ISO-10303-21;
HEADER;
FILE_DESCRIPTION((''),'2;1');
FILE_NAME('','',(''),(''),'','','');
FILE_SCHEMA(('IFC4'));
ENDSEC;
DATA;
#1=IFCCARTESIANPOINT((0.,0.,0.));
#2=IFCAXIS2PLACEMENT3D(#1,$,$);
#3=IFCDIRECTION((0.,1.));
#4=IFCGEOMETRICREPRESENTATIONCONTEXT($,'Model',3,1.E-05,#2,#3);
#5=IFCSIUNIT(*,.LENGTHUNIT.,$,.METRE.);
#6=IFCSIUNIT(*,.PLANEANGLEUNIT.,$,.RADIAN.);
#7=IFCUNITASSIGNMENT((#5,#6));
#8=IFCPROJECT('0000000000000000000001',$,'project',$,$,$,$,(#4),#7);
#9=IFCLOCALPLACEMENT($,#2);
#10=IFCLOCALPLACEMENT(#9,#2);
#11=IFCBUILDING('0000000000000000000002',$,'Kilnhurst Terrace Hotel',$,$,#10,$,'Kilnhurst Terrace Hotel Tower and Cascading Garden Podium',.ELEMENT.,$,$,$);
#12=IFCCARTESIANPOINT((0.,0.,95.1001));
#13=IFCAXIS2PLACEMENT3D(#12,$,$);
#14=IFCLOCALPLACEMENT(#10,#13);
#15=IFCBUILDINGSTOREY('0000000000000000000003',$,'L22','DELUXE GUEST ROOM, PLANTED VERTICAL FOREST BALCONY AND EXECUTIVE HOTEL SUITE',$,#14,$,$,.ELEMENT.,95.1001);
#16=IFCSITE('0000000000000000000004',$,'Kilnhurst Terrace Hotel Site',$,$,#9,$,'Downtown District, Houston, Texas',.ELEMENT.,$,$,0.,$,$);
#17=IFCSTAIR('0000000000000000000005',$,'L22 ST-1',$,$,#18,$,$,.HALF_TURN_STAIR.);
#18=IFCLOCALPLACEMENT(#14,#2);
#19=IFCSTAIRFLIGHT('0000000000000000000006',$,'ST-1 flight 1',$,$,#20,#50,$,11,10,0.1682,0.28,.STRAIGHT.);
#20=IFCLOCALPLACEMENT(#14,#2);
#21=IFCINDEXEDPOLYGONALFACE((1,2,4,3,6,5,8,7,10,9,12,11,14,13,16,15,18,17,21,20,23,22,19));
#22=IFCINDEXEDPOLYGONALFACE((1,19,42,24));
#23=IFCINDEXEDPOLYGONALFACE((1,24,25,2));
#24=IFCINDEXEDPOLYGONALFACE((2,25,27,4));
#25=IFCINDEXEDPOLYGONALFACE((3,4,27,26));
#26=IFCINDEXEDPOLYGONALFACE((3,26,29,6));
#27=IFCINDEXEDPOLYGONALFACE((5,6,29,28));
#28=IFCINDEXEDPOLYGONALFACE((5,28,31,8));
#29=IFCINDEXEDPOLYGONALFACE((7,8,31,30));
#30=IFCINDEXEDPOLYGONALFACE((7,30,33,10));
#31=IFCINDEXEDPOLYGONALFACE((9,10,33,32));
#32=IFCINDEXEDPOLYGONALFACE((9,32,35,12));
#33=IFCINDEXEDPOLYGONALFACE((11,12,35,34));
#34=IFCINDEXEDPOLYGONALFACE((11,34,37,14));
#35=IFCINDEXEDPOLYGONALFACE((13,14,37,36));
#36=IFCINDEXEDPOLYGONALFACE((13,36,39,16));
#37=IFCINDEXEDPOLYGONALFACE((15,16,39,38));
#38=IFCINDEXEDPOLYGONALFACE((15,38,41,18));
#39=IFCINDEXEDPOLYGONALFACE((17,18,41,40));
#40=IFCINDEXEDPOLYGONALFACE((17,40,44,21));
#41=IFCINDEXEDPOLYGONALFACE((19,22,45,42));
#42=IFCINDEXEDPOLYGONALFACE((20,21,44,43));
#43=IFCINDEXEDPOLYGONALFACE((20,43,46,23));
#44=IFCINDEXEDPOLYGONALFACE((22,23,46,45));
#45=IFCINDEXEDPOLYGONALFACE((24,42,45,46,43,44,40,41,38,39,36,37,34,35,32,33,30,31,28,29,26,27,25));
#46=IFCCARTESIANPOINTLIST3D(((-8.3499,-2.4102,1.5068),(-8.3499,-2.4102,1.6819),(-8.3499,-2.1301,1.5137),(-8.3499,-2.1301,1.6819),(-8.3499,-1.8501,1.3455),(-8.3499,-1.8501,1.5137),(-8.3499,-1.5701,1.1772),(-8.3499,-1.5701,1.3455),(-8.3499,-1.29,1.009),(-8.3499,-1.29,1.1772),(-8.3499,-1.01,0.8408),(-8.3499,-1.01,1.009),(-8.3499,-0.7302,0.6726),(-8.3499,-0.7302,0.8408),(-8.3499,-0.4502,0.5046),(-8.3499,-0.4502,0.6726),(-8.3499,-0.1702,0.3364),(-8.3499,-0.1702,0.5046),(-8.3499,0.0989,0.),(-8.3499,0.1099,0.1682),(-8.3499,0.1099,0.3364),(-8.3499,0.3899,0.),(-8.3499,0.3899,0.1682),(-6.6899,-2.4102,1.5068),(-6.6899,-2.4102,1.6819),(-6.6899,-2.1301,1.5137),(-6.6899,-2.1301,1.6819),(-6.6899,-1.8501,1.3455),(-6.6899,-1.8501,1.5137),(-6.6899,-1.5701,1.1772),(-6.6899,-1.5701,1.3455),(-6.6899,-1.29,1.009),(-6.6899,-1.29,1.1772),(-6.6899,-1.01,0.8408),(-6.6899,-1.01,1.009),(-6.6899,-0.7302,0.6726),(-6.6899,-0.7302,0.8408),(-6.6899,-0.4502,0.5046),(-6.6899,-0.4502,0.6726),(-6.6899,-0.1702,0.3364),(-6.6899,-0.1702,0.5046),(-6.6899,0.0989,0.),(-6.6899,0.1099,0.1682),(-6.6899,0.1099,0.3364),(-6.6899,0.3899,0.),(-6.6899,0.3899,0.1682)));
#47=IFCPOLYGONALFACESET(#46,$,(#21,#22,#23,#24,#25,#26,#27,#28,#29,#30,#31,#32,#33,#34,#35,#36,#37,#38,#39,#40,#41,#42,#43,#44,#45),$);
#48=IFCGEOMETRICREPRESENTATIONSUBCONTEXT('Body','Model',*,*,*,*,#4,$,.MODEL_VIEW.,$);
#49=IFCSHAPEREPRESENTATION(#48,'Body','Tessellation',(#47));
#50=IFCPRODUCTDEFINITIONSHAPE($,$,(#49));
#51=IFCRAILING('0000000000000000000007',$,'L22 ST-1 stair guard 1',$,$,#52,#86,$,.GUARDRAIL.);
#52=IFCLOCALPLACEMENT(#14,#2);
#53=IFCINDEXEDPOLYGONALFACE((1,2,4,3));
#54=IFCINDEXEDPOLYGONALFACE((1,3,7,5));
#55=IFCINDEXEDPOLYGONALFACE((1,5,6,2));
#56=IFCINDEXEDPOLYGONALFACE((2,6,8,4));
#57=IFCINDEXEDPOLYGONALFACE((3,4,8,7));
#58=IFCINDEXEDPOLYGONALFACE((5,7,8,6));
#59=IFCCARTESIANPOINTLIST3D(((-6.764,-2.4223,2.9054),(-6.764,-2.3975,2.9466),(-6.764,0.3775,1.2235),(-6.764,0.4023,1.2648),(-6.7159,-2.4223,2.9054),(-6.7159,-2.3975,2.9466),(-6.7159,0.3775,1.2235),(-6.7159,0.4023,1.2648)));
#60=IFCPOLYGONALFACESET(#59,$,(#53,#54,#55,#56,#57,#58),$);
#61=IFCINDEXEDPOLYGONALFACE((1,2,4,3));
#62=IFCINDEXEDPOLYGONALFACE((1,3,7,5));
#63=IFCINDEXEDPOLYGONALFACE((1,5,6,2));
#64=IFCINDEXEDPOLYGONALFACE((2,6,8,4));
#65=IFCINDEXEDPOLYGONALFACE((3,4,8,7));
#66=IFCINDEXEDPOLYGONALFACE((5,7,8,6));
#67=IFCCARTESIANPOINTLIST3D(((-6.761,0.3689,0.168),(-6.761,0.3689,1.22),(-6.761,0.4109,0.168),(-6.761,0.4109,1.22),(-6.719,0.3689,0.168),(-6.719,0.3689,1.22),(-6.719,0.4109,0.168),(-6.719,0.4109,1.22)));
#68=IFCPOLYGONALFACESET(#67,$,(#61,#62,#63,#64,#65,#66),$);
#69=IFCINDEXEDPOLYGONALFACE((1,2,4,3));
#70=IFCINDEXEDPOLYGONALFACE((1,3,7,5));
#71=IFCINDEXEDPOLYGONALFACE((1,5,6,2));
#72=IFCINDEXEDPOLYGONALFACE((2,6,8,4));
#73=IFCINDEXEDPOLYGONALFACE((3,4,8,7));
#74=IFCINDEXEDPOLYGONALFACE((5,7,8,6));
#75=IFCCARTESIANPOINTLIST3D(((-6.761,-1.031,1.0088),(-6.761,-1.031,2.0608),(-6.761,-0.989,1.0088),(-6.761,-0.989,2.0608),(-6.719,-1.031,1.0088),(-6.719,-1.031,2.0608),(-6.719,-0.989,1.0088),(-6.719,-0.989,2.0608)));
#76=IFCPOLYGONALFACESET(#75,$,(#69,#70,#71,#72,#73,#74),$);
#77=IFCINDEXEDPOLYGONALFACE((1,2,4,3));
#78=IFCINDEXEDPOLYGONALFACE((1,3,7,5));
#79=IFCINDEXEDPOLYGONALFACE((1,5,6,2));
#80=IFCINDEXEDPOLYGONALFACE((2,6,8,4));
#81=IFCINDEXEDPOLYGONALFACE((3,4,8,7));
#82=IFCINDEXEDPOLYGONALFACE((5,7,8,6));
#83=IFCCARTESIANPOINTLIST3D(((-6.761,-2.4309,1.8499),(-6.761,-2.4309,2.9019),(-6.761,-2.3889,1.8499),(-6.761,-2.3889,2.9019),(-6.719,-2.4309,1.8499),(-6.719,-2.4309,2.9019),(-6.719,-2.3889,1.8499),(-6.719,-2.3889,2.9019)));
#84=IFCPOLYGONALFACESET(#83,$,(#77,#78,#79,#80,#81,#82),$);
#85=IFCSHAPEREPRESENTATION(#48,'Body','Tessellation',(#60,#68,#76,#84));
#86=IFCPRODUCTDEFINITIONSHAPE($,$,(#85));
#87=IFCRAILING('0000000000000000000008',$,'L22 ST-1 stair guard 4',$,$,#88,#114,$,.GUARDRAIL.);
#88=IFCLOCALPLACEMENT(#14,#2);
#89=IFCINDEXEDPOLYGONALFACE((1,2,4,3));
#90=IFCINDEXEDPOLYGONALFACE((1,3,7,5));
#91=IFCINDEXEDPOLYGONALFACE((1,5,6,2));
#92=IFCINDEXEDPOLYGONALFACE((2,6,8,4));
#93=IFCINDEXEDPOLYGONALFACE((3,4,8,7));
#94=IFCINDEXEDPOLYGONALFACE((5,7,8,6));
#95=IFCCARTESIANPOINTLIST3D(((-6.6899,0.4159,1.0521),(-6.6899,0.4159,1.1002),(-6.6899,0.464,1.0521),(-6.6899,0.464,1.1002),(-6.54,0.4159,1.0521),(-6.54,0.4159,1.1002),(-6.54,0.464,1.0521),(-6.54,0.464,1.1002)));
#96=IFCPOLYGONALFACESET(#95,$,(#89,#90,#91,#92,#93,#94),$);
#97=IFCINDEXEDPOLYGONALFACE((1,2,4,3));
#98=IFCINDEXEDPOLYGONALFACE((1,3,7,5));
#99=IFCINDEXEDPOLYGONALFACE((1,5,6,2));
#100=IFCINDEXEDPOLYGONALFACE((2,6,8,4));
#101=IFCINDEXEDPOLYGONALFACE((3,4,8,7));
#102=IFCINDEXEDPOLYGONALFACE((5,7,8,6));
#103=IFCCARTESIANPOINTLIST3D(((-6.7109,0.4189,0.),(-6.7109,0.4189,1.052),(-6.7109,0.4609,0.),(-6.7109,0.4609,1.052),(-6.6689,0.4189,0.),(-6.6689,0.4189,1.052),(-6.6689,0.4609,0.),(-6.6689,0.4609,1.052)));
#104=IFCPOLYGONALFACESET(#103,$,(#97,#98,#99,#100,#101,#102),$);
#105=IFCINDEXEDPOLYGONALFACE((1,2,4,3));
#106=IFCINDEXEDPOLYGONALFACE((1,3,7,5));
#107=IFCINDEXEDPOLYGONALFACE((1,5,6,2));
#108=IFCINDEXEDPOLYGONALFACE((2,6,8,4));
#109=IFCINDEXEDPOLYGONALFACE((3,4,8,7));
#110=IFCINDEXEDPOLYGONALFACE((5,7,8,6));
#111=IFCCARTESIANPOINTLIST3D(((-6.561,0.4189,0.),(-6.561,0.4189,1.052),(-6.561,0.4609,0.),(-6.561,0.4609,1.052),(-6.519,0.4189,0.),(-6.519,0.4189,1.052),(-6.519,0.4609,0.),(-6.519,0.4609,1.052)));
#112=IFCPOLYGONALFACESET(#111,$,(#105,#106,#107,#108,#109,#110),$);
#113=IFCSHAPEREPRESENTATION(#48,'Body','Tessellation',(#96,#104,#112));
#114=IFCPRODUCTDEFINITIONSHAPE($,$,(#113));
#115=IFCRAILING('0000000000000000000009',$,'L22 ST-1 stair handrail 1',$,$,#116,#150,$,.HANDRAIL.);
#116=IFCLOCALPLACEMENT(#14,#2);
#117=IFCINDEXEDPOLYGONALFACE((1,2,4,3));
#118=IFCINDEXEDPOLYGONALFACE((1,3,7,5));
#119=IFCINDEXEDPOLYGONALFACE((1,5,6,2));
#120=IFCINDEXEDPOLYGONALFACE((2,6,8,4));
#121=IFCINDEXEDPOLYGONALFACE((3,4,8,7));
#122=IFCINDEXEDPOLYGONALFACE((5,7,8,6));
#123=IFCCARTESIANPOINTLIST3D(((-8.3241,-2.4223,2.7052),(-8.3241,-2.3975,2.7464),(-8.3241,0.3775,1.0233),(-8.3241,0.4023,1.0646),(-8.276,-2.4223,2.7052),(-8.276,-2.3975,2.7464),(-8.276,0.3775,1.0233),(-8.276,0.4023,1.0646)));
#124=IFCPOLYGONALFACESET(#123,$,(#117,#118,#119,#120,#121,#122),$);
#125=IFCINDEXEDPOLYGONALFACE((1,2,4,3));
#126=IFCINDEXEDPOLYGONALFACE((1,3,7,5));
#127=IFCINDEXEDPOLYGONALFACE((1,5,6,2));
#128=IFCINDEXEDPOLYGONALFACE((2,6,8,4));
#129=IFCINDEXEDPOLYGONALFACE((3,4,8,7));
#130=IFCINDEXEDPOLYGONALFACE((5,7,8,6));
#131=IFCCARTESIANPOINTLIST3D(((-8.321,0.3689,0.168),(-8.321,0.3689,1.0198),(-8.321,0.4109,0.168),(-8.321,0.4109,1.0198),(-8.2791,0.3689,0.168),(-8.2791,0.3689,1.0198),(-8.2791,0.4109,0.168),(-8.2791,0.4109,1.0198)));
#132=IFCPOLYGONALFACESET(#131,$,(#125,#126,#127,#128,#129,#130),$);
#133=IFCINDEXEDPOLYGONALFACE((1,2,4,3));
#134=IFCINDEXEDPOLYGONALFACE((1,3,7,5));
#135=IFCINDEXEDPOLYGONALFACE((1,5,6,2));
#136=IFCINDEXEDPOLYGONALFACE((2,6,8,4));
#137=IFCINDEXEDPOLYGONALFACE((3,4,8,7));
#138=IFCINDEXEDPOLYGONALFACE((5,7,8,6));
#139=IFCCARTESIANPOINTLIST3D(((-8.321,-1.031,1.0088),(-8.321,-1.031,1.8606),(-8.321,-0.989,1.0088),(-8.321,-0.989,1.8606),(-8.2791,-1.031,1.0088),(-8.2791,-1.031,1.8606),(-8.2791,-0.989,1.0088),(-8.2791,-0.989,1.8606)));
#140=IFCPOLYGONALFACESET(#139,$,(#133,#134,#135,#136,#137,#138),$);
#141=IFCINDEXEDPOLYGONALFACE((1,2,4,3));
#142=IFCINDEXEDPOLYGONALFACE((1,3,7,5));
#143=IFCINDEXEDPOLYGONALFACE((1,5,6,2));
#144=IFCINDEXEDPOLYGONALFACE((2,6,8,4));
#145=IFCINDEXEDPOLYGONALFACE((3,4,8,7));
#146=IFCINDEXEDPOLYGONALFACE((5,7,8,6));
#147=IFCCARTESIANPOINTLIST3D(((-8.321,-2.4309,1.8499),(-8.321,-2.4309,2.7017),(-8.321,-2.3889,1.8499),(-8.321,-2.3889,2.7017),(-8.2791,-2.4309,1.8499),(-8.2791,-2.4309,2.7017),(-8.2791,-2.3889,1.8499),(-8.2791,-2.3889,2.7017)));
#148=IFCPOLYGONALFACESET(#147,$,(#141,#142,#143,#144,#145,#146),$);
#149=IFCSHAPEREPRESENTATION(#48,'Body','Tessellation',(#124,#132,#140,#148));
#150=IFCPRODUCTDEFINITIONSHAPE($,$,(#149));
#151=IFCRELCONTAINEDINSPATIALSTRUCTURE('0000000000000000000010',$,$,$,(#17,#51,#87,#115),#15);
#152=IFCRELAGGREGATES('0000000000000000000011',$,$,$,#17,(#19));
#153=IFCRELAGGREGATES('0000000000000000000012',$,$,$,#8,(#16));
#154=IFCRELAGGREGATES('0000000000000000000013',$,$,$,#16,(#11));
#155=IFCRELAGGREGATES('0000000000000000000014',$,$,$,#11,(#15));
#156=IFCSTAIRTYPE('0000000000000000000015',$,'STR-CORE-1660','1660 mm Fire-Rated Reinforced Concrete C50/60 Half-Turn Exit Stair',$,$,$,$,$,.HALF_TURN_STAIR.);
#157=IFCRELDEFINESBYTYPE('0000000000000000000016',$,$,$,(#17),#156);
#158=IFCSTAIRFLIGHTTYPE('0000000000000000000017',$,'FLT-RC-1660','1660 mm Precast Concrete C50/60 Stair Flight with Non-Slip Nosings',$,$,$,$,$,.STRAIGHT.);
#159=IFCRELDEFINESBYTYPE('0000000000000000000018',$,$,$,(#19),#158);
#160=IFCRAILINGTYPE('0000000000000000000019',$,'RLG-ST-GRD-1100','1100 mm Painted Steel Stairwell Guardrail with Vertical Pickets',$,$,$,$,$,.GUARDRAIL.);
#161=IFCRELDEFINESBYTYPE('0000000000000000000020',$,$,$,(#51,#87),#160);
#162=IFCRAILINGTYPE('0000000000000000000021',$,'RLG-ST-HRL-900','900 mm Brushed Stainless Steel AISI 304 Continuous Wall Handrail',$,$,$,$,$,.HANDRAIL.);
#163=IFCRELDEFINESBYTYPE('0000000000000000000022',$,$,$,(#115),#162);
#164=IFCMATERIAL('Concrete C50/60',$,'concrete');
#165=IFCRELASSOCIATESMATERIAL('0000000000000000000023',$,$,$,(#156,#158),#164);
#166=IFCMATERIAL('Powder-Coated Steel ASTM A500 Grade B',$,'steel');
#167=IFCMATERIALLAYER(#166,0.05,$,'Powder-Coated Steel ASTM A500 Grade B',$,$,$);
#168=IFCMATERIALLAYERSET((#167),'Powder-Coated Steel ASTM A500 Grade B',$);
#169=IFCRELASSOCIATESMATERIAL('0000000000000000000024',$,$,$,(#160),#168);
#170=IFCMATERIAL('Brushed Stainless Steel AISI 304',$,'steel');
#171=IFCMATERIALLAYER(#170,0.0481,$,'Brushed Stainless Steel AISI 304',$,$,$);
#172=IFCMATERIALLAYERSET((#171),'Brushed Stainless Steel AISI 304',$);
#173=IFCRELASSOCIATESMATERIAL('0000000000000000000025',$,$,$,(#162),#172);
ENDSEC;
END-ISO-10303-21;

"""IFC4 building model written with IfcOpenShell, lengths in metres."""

from ifc_helpers import new_model, si_unit, direction, frame, origin, origin_2d, place, context, subcontext, project, spatial, polyline, rectangle, outline, extrude, material, layer, layer_set, type_object, element, aggregate, save


model = new_model("IFC4")

# Units and contexts
model_context = context("Model", 3, precision=1e-05, world=origin(), true_north=direction((0.0, 1.0)))
body_context = subcontext(model_context, "Body", "Model", "MODEL_VIEW")
ifc_project = project(units=[si_unit("LENGTHUNIT", "METRE"), si_unit("PLANEANGLEUNIT", "RADIAN")], contexts=[model_context])

# Site, building, storey
site_placement = place(None, origin())
site = spatial("IfcSite", under=ifc_project, at=site_placement, Name="Kilnhurst Terrace Hotel Site", LongName="Downtown District, Houston, Texas", CompositionType="ELEMENT", RefElevation=0.0)
building_placement = place(site_placement, origin())
building = spatial("IfcBuilding", under=site, at=building_placement, Name="Kilnhurst Terrace Hotel", LongName="Kilnhurst Terrace Hotel Tower and Cascading Garden Podium", CompositionType="ELEMENT")
storey_placement = place(building_placement, frame((0.0, 0.0, 95.1001)))
storey = spatial("IfcBuildingStorey", under=building, at=storey_placement, Name="L22", Description="DELUXE GUEST ROOM, PLANTED VERTICAL FOREST BALCONY AND EXECUTIVE HOTEL SUITE", CompositionType="ELEMENT", Elevation=95.1001)

# Shared definitions
ifc_material_1 = material(Name="Concrete C50/60", Category="concrete")

# Stair, stair flight
stair_type = type_object("IfcStairType", Name="STR-CORE-1660", Description="1660 mm Fire-Rated Reinforced Concrete C50/60 Half-Turn Exit Stair", PredefinedType="HALF_TURN_STAIR", material=ifc_material_1)
stair_placement = place(storey_placement, origin())
stair = element("IfcStair", 1, at=stair_placement, inside=storey, type_object=stair_type, Name="L22 ST-1", PredefinedType="HALF_TURN_STAIR")
stair_flight_type = type_object("IfcStairFlightType", Name="FLT-RC-1660", Description="1660 mm Precast Concrete C50/60 Stair Flight with Non-Slip Nosings", PredefinedType="STRAIGHT", material=ifc_material_1)
stair_flight_placement = place(storey_placement, frame((-7.52, 0.3899, 0.0), z_axis=(0.0, 0.0, 1.0), x_axis=(0.0, -1.0, 0.0)))
stair_flight = element("IfcStairFlight", 2, at=stair_flight_placement, type_object=stair_flight_type, Name="ST-1 flight 1", NumberOfRisers=11, NumberOfTreads=10, PredefinedType="STRAIGHT", RiserHeight=0.1682, TreadLength=0.28, context=body_context, shape_type="SweptSolid", body=[
    extrude(outline(polyline([(0.0, 0.0), (0.0, 0.1682), (0.28, 0.1682), (0.28, 0.3364), (0.5601, 0.3364), (0.5601, 0.5046), (0.8401, 0.5046), (0.8401, 0.6726), (1.1201, 0.6726), (1.1201, 0.8408), (1.3999, 0.8408), (1.3999, 1.009), (1.6799, 1.009), (1.6799, 1.1772), (1.96, 1.1772), (1.96, 1.3455), (2.24, 1.3455), (2.24, 1.5137), (2.52, 1.5137), (2.52, 1.6819), (2.8, 1.6819), (2.8, 1.8501), (2.8, 1.5068), (0.291, 0.0), (0.0, 0.0)])), frame((0.0, 0.8301, 0.0), z_axis=(0.0, -1.0, 0.0), x_axis=(1.0, 0.0, 0.0)), (0.0, 0.0, 1.0), 1.6599),
])
aggregate(stair, [stair_flight])

# Railings
ifc_material_2 = material(Name="Powder-Coated Steel ASTM A500 Grade B", Category="steel")
ifc_layer_1 = layer(ifc_material_2, 0.05, Name="Powder-Coated Steel ASTM A500 Grade B")
ifc_layer_set_1 = layer_set([ifc_layer_1], Name="Powder-Coated Steel ASTM A500 Grade B")
railing_type_1 = type_object("IfcRailingType", Name="RLG-ST-GRD-1100", Description="1100 mm Painted Steel Stairwell Guardrail with Vertical Pickets", PredefinedType="GUARDRAIL", material=ifc_layer_set_1)
railing_1_placement = place(storey_placement, frame((-6.74, 0.3899, 0.168)))
element("IfcRailing", 3, at=railing_1_placement, inside=storey, type_object=railing_type_1, Name="L22 ST-1 stair guard 1", PredefinedType="GUARDRAIL", context=body_context, shape_type="SweptSolid", body=[
    extrude(rectangle(XDim=0.0481, YDim=0.0481, at=origin_2d()), frame((0.0, 0.0, 1.0762), z_axis=(0.0, -0.857222, 0.514946), x_axis=(1.0, 0.0, 0.0)), (0.0, 0.0, 1.0), 3.2661),
    extrude(rectangle(XDim=0.042, YDim=0.042, at=origin_2d()), origin(), (0.0, 0.0, 1.0), 1.052),
    extrude(rectangle(XDim=0.042, YDim=0.042, at=origin_2d()), frame((0.0, -1.3999, 0.8408)), (0.0, 0.0, 1.0), 1.052),
    extrude(rectangle(XDim=0.042, YDim=0.042, at=origin_2d()), frame((0.0, -2.7998, 1.6819)), (0.0, 0.0, 1.0), 1.052),
])
railing_2_placement = place(storey_placement, frame((-6.6899, 0.4399, 0.0)))
element("IfcRailing", 4, at=railing_2_placement, inside=storey, type_object=railing_type_1, Name="L22 ST-1 stair guard 4", PredefinedType="GUARDRAIL", context=body_context, shape_type="SweptSolid", body=[
    extrude(rectangle(XDim=0.0481, YDim=0.0481, at=origin_2d()), frame((0.0, 0.0, 1.0762), z_axis=(1.0, 0.0, 0.0), x_axis=(0.0, 1.0, 0.0)), (0.0, 0.0, 1.0), 0.1499),
    extrude(rectangle(XDim=0.042, YDim=0.042, at=origin_2d()), origin(), (0.0, 0.0, 1.0), 1.052),
    extrude(rectangle(XDim=0.042, YDim=0.042, at=origin_2d()), frame((0.1499, 0.0, 0.0)), (0.0, 0.0, 1.0), 1.052),
])
ifc_material_3 = material(Name="Brushed Stainless Steel AISI 304", Category="steel")
ifc_layer_2 = layer(ifc_material_3, 0.0481, Name="Brushed Stainless Steel AISI 304")
ifc_layer_set_2 = layer_set([ifc_layer_2], Name="Brushed Stainless Steel AISI 304")
railing_type_2 = type_object("IfcRailingType", Name="RLG-ST-HRL-900", Description="900 mm Brushed Stainless Steel AISI 304 Continuous Wall Handrail", PredefinedType="HANDRAIL", material=ifc_layer_set_2)
railing_3_placement = place(storey_placement, frame((-8.3, 0.3899, 0.168)))
element("IfcRailing", 5, at=railing_3_placement, inside=storey, type_object=railing_type_2, Name="L22 ST-1 stair handrail 1", PredefinedType="HANDRAIL", context=body_context, shape_type="SweptSolid", body=[
    extrude(rectangle(XDim=0.0481, YDim=0.0481, at=origin_2d()), frame((0.0, 0.0, 0.876), z_axis=(0.0, -0.857222, 0.514946), x_axis=(1.0, 0.0, 0.0)), (0.0, 0.0, 1.0), 3.2661),
    extrude(rectangle(XDim=0.042, YDim=0.042, at=origin_2d()), origin(), (0.0, 0.0, 1.0), 0.8518),
    extrude(rectangle(XDim=0.042, YDim=0.042, at=origin_2d()), frame((0.0, -1.3999, 0.8408)), (0.0, 0.0, 1.0), 0.8518),
    extrude(rectangle(XDim=0.042, YDim=0.042, at=origin_2d()), frame((0.0, -2.7998, 1.6819)), (0.0, 0.0, 1.0), 0.8518),
])

save(model, "model.ifc")
